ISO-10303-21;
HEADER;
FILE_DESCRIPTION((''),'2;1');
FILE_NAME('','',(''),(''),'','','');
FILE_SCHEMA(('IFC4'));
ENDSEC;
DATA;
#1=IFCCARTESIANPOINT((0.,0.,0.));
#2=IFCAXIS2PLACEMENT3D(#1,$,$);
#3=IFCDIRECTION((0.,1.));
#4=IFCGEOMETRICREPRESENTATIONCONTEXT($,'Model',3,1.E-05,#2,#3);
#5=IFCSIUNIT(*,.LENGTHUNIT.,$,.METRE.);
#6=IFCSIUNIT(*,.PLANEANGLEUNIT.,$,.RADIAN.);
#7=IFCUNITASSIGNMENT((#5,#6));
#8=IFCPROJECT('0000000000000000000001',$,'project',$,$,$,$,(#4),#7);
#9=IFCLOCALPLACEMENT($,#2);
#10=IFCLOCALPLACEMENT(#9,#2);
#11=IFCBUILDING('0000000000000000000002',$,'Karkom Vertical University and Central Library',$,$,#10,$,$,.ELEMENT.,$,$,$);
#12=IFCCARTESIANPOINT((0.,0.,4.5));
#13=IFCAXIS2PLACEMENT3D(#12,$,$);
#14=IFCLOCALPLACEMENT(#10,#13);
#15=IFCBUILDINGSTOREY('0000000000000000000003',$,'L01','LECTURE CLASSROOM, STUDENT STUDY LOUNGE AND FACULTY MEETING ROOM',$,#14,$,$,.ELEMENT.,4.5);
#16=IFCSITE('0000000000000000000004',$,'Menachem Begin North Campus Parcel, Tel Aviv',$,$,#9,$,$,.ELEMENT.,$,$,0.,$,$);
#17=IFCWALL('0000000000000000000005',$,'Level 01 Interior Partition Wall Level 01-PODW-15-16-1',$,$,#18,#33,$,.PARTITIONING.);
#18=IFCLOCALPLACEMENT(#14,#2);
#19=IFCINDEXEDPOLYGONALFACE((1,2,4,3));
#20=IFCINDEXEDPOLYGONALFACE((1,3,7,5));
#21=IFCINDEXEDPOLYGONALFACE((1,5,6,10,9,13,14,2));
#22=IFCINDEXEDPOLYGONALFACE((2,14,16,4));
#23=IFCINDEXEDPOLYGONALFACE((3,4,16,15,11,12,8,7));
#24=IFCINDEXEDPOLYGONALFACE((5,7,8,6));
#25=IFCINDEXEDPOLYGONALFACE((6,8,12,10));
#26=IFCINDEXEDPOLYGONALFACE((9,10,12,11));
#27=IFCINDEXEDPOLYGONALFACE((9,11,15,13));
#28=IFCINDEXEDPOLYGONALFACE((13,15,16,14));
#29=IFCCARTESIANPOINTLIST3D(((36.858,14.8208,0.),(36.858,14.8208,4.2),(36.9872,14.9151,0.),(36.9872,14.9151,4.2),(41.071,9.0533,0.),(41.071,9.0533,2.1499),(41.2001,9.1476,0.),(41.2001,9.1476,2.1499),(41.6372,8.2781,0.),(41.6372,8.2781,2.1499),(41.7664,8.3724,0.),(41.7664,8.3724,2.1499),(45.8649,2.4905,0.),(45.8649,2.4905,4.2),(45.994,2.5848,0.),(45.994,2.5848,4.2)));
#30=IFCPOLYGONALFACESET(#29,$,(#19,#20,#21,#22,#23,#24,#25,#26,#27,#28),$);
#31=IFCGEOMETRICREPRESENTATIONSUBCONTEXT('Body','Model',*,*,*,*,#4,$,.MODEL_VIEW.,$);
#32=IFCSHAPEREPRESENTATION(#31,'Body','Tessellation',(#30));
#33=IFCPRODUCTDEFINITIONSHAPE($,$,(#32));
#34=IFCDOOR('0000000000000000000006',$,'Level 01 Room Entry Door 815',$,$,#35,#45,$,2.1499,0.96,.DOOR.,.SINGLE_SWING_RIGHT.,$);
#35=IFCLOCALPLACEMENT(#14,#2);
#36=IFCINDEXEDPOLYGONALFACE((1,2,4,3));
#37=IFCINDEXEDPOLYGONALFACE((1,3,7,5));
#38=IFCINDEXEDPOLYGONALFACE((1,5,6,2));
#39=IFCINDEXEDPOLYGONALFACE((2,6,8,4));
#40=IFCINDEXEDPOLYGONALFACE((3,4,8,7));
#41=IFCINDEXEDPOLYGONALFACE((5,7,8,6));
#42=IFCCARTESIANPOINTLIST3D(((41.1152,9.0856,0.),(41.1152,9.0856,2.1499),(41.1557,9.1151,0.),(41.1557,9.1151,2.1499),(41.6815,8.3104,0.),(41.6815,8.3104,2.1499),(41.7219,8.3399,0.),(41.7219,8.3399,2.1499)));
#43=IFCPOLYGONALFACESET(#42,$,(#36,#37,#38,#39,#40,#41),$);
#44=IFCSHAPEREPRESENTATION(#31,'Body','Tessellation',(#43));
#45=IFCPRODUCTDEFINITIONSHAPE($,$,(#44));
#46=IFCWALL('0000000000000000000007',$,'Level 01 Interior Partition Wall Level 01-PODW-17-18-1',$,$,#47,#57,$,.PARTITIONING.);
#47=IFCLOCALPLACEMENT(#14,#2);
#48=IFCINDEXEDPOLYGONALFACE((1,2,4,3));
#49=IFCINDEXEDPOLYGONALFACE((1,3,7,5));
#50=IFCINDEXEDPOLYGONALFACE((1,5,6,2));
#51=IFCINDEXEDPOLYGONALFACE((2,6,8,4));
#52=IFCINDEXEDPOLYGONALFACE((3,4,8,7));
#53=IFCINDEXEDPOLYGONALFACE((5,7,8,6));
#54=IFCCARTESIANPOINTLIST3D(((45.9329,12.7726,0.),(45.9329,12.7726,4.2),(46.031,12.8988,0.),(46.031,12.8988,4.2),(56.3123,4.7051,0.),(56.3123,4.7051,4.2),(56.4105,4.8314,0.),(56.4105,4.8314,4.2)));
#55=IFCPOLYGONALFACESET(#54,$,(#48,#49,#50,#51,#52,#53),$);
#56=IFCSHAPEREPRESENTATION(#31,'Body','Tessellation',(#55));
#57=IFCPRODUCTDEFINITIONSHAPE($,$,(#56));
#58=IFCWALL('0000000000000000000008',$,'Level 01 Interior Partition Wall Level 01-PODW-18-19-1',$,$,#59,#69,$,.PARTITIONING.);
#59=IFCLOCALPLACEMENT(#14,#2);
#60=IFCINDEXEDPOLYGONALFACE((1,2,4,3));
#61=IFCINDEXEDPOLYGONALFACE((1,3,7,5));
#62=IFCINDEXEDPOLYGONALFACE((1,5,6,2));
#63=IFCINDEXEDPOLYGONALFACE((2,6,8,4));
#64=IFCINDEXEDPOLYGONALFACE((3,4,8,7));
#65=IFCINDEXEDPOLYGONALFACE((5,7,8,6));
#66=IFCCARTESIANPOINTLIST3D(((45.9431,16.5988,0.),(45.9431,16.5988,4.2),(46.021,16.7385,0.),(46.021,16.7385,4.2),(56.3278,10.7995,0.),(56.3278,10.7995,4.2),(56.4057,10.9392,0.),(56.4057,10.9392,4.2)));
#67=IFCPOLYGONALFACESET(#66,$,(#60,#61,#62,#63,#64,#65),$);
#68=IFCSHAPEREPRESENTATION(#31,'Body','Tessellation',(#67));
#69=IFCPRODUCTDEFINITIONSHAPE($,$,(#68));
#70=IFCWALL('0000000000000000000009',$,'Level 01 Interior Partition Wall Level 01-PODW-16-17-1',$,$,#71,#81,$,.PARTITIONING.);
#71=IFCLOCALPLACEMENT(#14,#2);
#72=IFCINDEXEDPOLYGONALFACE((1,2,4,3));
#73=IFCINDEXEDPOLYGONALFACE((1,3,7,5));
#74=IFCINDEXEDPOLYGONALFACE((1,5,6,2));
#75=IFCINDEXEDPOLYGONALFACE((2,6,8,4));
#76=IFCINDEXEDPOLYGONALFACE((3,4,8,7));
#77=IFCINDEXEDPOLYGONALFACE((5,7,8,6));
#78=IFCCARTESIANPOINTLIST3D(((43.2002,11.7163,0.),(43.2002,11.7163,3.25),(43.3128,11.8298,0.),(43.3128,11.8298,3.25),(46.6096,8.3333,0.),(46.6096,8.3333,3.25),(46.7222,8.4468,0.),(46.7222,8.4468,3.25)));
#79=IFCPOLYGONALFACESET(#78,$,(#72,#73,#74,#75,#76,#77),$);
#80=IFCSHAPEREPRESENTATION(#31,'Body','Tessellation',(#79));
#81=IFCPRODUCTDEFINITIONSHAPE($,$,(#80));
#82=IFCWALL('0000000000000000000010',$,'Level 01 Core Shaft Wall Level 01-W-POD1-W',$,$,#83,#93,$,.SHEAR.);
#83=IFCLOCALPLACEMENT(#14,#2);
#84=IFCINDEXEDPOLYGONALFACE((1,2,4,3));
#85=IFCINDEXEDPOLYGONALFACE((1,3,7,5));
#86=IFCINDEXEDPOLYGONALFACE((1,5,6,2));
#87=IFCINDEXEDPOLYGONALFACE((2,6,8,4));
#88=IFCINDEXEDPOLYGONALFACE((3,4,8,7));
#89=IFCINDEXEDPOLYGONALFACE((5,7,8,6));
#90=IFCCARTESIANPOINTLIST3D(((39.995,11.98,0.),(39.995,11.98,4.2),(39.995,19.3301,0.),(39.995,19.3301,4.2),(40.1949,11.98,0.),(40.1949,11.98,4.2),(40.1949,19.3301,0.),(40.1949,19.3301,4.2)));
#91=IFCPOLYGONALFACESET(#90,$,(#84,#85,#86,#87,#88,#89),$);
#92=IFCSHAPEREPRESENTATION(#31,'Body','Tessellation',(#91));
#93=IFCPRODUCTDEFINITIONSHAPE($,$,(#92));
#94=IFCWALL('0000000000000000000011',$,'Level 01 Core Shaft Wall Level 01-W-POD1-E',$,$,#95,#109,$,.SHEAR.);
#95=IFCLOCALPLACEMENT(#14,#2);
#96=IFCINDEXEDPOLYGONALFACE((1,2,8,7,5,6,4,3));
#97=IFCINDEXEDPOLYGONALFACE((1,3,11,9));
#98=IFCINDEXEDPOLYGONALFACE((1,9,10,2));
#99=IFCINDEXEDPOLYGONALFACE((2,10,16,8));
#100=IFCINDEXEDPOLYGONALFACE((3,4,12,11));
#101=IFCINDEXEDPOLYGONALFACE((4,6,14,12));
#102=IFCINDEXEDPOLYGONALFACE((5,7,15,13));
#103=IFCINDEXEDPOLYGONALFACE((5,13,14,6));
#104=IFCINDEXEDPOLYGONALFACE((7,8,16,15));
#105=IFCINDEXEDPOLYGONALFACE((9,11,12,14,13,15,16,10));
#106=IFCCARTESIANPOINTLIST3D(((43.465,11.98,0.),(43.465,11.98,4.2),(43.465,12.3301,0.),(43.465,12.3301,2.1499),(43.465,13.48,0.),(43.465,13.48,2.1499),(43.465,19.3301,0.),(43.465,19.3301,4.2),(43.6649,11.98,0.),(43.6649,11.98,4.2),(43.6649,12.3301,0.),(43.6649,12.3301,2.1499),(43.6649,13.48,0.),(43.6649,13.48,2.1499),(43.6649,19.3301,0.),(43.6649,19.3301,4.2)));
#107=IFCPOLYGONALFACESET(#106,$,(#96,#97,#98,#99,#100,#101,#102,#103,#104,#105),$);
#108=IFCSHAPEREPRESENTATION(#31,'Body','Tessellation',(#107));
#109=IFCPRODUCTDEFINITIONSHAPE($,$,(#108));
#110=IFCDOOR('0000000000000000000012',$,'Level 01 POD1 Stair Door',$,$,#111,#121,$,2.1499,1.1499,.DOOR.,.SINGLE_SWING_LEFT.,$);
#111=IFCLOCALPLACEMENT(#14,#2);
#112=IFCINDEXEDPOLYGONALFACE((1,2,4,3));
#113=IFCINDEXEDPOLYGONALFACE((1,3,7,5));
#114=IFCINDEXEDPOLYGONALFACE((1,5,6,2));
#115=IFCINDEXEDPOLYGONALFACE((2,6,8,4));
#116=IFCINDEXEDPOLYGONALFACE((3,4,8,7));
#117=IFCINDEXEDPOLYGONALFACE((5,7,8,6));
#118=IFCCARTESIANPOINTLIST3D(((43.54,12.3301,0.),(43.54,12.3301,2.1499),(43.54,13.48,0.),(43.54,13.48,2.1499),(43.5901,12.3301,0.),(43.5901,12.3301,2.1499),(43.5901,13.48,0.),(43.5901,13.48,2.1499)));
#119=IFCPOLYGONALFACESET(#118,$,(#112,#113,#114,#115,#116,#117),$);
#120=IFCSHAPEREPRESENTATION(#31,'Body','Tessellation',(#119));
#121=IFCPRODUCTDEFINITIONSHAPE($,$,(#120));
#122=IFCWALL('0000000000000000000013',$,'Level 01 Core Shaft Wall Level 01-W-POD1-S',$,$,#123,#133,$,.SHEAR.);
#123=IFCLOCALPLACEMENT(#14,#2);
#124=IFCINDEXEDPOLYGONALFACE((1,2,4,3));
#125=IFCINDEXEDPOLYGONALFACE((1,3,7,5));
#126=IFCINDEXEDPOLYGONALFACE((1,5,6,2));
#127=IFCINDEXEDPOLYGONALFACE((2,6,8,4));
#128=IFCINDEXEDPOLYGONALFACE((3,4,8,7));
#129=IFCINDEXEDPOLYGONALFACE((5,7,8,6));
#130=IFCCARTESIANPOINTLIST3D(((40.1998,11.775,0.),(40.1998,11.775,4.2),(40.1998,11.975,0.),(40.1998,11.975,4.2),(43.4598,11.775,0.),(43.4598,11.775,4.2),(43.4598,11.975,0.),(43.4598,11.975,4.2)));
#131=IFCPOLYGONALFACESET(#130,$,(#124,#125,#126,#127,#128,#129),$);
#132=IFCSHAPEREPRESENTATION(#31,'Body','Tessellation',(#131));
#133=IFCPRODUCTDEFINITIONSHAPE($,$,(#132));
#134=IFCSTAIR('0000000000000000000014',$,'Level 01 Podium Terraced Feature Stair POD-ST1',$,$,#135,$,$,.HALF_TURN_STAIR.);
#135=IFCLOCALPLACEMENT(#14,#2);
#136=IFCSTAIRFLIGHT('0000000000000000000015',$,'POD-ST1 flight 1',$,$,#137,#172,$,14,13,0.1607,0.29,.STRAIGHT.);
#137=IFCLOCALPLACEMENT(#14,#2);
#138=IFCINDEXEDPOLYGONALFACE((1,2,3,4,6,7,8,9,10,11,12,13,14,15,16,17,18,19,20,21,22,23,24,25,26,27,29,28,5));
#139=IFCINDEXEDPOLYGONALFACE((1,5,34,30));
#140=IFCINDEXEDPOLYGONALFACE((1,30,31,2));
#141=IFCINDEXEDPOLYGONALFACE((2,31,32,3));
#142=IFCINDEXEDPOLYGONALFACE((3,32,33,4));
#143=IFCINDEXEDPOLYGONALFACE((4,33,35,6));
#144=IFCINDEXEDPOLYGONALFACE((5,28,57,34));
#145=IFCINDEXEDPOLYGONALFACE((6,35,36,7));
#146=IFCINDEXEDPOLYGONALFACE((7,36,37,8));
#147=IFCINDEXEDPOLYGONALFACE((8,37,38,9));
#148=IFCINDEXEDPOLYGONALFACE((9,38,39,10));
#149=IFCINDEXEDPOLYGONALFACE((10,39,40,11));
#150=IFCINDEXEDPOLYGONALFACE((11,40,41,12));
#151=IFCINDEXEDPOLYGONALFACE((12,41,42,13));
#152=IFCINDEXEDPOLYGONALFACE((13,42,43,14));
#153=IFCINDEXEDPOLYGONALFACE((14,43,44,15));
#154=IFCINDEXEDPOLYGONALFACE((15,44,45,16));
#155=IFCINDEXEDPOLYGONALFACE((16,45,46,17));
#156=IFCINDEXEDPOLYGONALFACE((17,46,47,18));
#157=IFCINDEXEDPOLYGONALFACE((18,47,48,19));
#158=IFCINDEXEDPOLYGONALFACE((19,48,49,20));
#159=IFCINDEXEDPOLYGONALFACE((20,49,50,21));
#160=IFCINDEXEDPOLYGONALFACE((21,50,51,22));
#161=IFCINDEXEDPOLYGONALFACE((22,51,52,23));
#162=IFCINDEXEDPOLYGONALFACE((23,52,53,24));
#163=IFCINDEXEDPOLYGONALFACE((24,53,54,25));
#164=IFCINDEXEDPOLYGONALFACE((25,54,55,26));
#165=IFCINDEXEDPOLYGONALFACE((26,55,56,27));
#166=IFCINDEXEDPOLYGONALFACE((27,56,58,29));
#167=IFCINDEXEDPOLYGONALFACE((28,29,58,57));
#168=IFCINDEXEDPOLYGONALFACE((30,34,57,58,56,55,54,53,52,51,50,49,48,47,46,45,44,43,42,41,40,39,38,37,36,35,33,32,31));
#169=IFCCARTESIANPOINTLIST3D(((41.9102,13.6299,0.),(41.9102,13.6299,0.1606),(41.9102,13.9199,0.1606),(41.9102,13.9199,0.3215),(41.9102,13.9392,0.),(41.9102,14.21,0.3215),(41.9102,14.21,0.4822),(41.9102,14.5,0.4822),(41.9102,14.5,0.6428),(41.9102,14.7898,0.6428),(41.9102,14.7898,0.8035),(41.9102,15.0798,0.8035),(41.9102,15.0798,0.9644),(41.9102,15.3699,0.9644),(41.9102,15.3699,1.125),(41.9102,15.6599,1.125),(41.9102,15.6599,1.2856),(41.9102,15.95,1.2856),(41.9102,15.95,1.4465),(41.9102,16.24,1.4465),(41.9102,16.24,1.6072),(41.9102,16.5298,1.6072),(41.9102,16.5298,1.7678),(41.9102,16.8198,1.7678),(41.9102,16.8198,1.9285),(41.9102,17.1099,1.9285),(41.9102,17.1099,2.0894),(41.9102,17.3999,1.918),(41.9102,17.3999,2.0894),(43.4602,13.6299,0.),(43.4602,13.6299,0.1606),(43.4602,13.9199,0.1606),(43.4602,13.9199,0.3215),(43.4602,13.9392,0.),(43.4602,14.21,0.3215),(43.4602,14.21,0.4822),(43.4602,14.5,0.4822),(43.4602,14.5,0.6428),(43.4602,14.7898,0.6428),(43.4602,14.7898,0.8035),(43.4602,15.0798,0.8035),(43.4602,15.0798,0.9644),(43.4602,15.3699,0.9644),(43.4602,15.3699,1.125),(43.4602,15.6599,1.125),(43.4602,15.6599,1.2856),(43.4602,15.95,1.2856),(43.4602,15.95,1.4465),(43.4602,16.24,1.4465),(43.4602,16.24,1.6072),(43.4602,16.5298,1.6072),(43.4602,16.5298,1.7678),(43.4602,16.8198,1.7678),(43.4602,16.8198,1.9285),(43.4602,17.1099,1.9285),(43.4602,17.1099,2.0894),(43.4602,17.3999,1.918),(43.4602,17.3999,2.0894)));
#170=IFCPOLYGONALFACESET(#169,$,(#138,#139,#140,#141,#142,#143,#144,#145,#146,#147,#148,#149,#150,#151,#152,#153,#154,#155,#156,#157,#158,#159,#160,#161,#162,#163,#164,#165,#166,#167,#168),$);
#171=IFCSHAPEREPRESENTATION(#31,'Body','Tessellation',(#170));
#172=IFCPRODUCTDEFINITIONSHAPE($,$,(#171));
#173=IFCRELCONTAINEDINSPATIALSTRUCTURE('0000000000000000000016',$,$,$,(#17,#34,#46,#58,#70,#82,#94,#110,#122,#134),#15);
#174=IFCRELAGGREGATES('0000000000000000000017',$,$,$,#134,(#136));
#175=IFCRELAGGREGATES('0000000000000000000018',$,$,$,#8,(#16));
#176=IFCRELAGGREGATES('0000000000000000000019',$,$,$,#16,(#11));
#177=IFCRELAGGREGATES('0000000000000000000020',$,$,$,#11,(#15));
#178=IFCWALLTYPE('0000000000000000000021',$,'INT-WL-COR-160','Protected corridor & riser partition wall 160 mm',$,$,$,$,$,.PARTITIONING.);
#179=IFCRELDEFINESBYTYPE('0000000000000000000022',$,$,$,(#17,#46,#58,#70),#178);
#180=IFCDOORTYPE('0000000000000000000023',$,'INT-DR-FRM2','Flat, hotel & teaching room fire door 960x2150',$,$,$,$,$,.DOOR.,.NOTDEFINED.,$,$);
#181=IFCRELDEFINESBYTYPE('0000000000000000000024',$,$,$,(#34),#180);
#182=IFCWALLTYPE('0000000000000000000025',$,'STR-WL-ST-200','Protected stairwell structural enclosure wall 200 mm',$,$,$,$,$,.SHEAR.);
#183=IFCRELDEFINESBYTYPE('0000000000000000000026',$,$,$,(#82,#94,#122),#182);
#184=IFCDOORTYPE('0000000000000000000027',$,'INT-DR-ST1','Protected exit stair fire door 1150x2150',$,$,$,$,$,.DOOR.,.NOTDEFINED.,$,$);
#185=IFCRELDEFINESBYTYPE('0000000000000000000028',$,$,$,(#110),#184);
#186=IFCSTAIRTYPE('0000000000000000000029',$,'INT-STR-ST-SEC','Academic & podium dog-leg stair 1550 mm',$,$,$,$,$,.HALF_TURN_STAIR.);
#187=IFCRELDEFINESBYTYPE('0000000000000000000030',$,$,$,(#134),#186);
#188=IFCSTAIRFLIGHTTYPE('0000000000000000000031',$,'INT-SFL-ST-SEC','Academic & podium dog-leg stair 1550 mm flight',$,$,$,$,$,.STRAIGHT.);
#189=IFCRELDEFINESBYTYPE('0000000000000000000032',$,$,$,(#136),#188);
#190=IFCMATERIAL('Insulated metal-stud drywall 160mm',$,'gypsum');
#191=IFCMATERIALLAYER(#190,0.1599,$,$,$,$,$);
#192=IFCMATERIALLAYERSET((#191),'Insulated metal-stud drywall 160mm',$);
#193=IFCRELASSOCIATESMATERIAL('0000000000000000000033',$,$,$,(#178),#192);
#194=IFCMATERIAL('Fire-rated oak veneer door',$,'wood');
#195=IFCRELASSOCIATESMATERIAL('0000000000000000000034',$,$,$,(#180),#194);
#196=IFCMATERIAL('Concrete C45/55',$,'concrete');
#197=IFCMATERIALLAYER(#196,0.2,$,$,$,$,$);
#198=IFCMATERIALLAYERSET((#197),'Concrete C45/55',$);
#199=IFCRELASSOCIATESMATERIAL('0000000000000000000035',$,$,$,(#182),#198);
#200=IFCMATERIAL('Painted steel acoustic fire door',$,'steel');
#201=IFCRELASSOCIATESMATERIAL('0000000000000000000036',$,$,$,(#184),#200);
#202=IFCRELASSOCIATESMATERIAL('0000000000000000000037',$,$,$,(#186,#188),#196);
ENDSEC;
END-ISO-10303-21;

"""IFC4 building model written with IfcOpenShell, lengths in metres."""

from ifc_helpers import new_model, si_unit, direction, frame, frame_2d, origin, origin_with_axes, place, context, subcontext, project, spatial, polyline, rectangle, outline, extrude, source, transform, mapped, material, layer, layer_set, type_object, element, fill, aggregate, save


model = new_model("IFC4")

# Units and contexts
model_context = context("Model", 3, precision=1e-05, world=origin(), true_north=direction((0.0, 1.0)))
body_context = subcontext(model_context, "Body", "Model", "MODEL_VIEW")
ifc_project = project(units=[si_unit("LENGTHUNIT", "METRE"), si_unit("PLANEANGLEUNIT", "RADIAN")], contexts=[model_context])

# Site, building, storey
site_placement = place(None, origin())
site = spatial("IfcSite", under=ifc_project, at=site_placement, Name="Menachem Begin North Campus Parcel, Tel Aviv", CompositionType="ELEMENT", RefElevation=0.0)
building_placement = place(site_placement, origin())
building = spatial("IfcBuilding", under=site, at=building_placement, Name="Karkom Vertical University and Central Library", CompositionType="ELEMENT")
storey_placement = place(building_placement, frame((0.0, 0.0, 4.5)))
storey = spatial("IfcBuildingStorey", under=building, at=storey_placement, Name="L01", Description="LECTURE CLASSROOM, STUDENT STUDY LOUNGE AND FACULTY MEETING ROOM", CompositionType="ELEMENT", Elevation=4.5)

# Wall, opening, door
ifc_material_1 = material(Name="Insulated metal-stud drywall 160mm", Category="gypsum")
ifc_layer_1 = layer(ifc_material_1, 0.1599)
ifc_layer_set_1 = layer_set([ifc_layer_1], Name="Insulated metal-stud drywall 160mm")
wall_type_1 = type_object("IfcWallType", Name="INT-WL-COR-160", Description="Protected corridor & riser partition wall 160 mm", PredefinedType="PARTITIONING", material=ifc_layer_set_1)
wall_1_placement = place(storey_placement, frame((36.9226, 14.8679, 0.0), z_axis=(0.0, 0.0, 1.0), x_axis=(0.589855, -0.807509, 0.0)))
wall_1 = element("IfcWall", 1, at=wall_1_placement, inside=storey, type_object=wall_type_1, Name="Level 01 Interior Partition Wall Level 01-PODW-15-16-1", PredefinedType="PARTITIONING", context=body_context, shape_type="SweptSolid", body=[
    extrude(rectangle(XDim=15.2695, YDim=0.1599, at=frame_2d((7.6348, 0.0))), origin(), (0.0, 0.0, 1.0), 4.2),
])
opening_1_placement = place(wall_1_placement, frame((7.1423, 0.0, 0.0)))
opening_1 = element("IfcOpeningElement", 2, at=opening_1_placement, cuts=wall_1, PredefinedType="OPENING", context=body_context, shape_type="SweptSolid", body=[
    extrude(rectangle(XDim=0.96, YDim=2.1499, at=frame_2d((0.48, 1.075))), frame((0.0, 0.0898, 0.0), z_axis=(0.0, -1.0, 0.0), x_axis=(1.0, 0.0, 0.0)), (0.0, 0.0, 1.0), 0.1799),
])
ifc_material_2 = material(Name="Fire-rated oak veneer door", Category="wood")
door_type_1 = type_object("IfcDoorType", Name="INT-DR-FRM2", Description="Flat, hotel & teaching room fire door 960x2150", OperationType="NOTDEFINED", PredefinedType="DOOR", material=ifc_material_2)
shared_shape_1 = source(origin_with_axes(), body_context, "Body", "SweptSolid", [
    extrude(rectangle(XDim=0.96, YDim=2.1499, at=frame_2d((0.48, 1.075))), frame((0.0, 0.0249, 0.0), z_axis=(0.0, -1.0, 0.0), x_axis=(1.0, 0.0, 0.0)), (0.0, 0.0, 1.0), 0.05),
])
door_1_placement = place(opening_1_placement, origin())
door_1 = element("IfcDoor", 3, at=door_1_placement, inside=storey, type_object=door_type_1, Name="Level 01 Room Entry Door 815", OperationType="SINGLE_SWING_RIGHT", OverallHeight=2.1499, OverallWidth=0.96, PredefinedType="DOOR", context=body_context, shape_type="MappedRepresentation", body=[
    mapped(shared_shape_1, transform((0.0, 0.0, 0.0), scale=1.0)),
])
fill(opening_1, door_1)

# Walls
wall_2_placement = place(storey_placement, frame((45.9819, 12.8357, 0.0), z_axis=(0.0, 0.0, 1.0), x_axis=(0.789554, -0.613681, 0.0)))
element("IfcWall", 4, at=wall_2_placement, inside=storey, type_object=wall_type_1, Name="Level 01 Interior Partition Wall Level 01-PODW-17-18-1", PredefinedType="PARTITIONING", context=body_context, shape_type="SweptSolid", body=[
    extrude(rectangle(XDim=13.146, YDim=0.1599, at=frame_2d((6.573, 0.0))), origin(), (0.0, 0.0, 1.0), 4.2),
])
wall_3_placement = place(storey_placement, frame((45.9819, 16.6687, 0.0), z_axis=(0.0, 0.0, 1.0), x_axis=(0.873084, -0.487569, 0.0)))
element("IfcWall", 5, at=wall_3_placement, inside=storey, type_object=wall_type_1, Name="Level 01 Interior Partition Wall Level 01-PODW-18-19-1", PredefinedType="PARTITIONING", context=body_context, shape_type="SweptSolid", body=[
    extrude(rectangle(XDim=11.8943, YDim=0.1599, at=frame_2d((5.9473, 0.0))), origin(), (0.0, 0.0, 1.0), 4.2),
])
wall_4_placement = place(storey_placement, frame((43.2566, 11.7729, 0.0), z_axis=(0.0, 0.0, 1.0), x_axis=(0.709846, -0.704357, 0.0)))
element("IfcWall", 6, at=wall_4_placement, inside=storey, type_object=wall_type_1, Name="Level 01 Interior Partition Wall Level 01-PODW-16-17-1", PredefinedType="PARTITIONING", context=body_context, shape_type="SweptSolid", body=[
    extrude(rectangle(XDim=4.803, YDim=0.1599, at=frame_2d((2.4014, 0.0))), origin(), (0.0, 0.0, 1.0), 3.25),
])

# Wall
ifc_material_3 = material(Name="Concrete C45/55", Category="concrete")
ifc_layer_2 = layer(ifc_material_3, 0.2)
ifc_layer_set_2 = layer_set([ifc_layer_2], Name="Concrete C45/55")
wall_type_2 = type_object("IfcWallType", Name="STR-WL-ST-200", Description="Protected stairwell structural enclosure wall 200 mm", PredefinedType="SHEAR", material=ifc_layer_set_2)
wall_5_placement = place(storey_placement, frame((40.095, 11.98, 0.0), z_axis=(0.0, 0.0, 1.0), x_axis=(0.0, 1.0, 0.0)))
element("IfcWall", 7, at=wall_5_placement, inside=storey, type_object=wall_type_2, Name="Level 01 Core Shaft Wall Level 01-W-POD1-W", PredefinedType="SHEAR", context=body_context, shape_type="SweptSolid", body=[
    extrude(rectangle(XDim=7.3501, YDim=0.2, at=frame_2d((3.675, 0.0))), origin(), (0.0, 0.0, 1.0), 4.2),
])

# Wall, opening, door
wall_6_placement = place(storey_placement, frame((43.5649, 11.98, 0.0), z_axis=(0.0, 0.0, 1.0), x_axis=(0.0, 1.0, 0.0)))
wall_6 = element("IfcWall", 8, at=wall_6_placement, inside=storey, type_object=wall_type_2, Name="Level 01 Core Shaft Wall Level 01-W-POD1-E", PredefinedType="SHEAR", context=body_context, shape_type="SweptSolid", body=[
    extrude(rectangle(XDim=7.3501, YDim=0.2, at=frame_2d((3.675, 0.0))), origin(), (0.0, 0.0, 1.0), 4.2),
])
opening_2_placement = place(wall_6_placement, frame((0.3501, 0.0, 0.0)))
opening_2 = element("IfcOpeningElement", 9, at=opening_2_placement, cuts=wall_6, PredefinedType="OPENING", context=body_context, shape_type="SweptSolid", body=[
    extrude(rectangle(XDim=1.1499, YDim=2.1499, at=frame_2d((0.575, 1.075))), frame((0.0, 0.1099, 0.0), z_axis=(0.0, -1.0, 0.0), x_axis=(1.0, 0.0, 0.0)), (0.0, 0.0, 1.0), 0.22),
])
ifc_material_4 = material(Name="Painted steel acoustic fire door", Category="steel")
door_type_2 = type_object("IfcDoorType", Name="INT-DR-ST1", Description="Protected exit stair fire door 1150x2150", OperationType="NOTDEFINED", PredefinedType="DOOR", material=ifc_material_4)
shared_shape_2 = source(origin_with_axes(), body_context, "Body", "SweptSolid", [
    extrude(rectangle(XDim=1.1499, YDim=2.1499, at=frame_2d((0.575, 1.075))), frame((0.0, 0.0249, 0.0), z_axis=(0.0, -1.0, 0.0), x_axis=(1.0, 0.0, 0.0)), (0.0, 0.0, 1.0), 0.05),
])
door_2_placement = place(opening_2_placement, origin())
door_2 = element("IfcDoor", 10, at=door_2_placement, inside=storey, type_object=door_type_2, Name="Level 01 POD1 Stair Door", OperationType="SINGLE_SWING_LEFT", OverallHeight=2.1499, OverallWidth=1.1499, PredefinedType="DOOR", context=body_context, shape_type="MappedRepresentation", body=[
    mapped(shared_shape_2, transform((0.0, 0.0, 0.0), scale=1.0)),
])
fill(opening_2, door_2)

# Wall
wall_7_placement = place(storey_placement, frame((40.2, 11.875, 0.0), z_axis=(0.0, 0.0, 1.0), x_axis=(1.0, 0.0, 0.0)))
element("IfcWall", 11, at=wall_7_placement, inside=storey, type_object=wall_type_2, Name="Level 01 Core Shaft Wall Level 01-W-POD1-S", PredefinedType="SHEAR", context=body_context, shape_type="SweptSolid", body=[
    extrude(rectangle(XDim=3.26, YDim=0.2, at=frame_2d((1.6299, 0.0))), origin(), (0.0, 0.0, 1.0), 4.2),
])

# Stair, stair flight
stair_type = type_object("IfcStairType", Name="INT-STR-ST-SEC", Description="Academic & podium dog-leg stair 1550 mm", PredefinedType="HALF_TURN_STAIR", material=ifc_material_3)
stair_placement = place(storey_placement, origin())
stair = element("IfcStair", 12, at=stair_placement, inside=storey, type_object=stair_type, Name="Level 01 Podium Terraced Feature Stair POD-ST1", PredefinedType="HALF_TURN_STAIR")
stair_flight_type = type_object("IfcStairFlightType", Name="INT-SFL-ST-SEC", Description="Academic & podium dog-leg stair 1550 mm flight", PredefinedType="STRAIGHT", material=ifc_material_3)
stair_flight_placement = place(storey_placement, frame((42.6851, 13.6299, 0.0), z_axis=(0.0, 0.0, 1.0), x_axis=(0.0, 1.0, 0.0)))
stair_flight = element("IfcStairFlight", 13, at=stair_flight_placement, type_object=stair_flight_type, Name="POD-ST1 flight 1", NumberOfRisers=14, NumberOfTreads=13, PredefinedType="STRAIGHT", RiserHeight=0.1607, TreadLength=0.29, context=body_context, shape_type="SweptSolid", body=[
    extrude(outline(polyline([(0.0, 0.0), (0.0, 0.1606), (0.29, 0.1606), (0.29, 0.3215), (0.5801, 0.3215), (0.5801, 0.4822), (0.8701, 0.4822), (0.8701, 0.6428), (1.1599, 0.6428), (1.1599, 0.8035), (1.45, 0.8035), (1.45, 0.9644), (1.74, 0.9644), (1.74, 1.125), (2.03, 1.125), (2.03, 1.2856), (2.3201, 1.2856), (2.3201, 1.4465), (2.6101, 1.4465), (2.6101, 1.6072), (2.8999, 1.6072), (2.8999, 1.7678), (3.1899, 1.7678), (3.1899, 1.9285), (3.48, 1.9285), (3.48, 2.0894), (3.77, 2.0894), (3.77, 2.25), (3.77, 1.918), (0.3093, 0.0), (0.0, 0.0)])), frame((0.0, 0.7749, 0.0), z_axis=(0.0, -1.0, 0.0), x_axis=(1.0, 0.0, 0.0)), (0.0, 0.0, 1.0), 1.55),
])
aggregate(stair, [stair_flight])

save(model, "model.ifc")
